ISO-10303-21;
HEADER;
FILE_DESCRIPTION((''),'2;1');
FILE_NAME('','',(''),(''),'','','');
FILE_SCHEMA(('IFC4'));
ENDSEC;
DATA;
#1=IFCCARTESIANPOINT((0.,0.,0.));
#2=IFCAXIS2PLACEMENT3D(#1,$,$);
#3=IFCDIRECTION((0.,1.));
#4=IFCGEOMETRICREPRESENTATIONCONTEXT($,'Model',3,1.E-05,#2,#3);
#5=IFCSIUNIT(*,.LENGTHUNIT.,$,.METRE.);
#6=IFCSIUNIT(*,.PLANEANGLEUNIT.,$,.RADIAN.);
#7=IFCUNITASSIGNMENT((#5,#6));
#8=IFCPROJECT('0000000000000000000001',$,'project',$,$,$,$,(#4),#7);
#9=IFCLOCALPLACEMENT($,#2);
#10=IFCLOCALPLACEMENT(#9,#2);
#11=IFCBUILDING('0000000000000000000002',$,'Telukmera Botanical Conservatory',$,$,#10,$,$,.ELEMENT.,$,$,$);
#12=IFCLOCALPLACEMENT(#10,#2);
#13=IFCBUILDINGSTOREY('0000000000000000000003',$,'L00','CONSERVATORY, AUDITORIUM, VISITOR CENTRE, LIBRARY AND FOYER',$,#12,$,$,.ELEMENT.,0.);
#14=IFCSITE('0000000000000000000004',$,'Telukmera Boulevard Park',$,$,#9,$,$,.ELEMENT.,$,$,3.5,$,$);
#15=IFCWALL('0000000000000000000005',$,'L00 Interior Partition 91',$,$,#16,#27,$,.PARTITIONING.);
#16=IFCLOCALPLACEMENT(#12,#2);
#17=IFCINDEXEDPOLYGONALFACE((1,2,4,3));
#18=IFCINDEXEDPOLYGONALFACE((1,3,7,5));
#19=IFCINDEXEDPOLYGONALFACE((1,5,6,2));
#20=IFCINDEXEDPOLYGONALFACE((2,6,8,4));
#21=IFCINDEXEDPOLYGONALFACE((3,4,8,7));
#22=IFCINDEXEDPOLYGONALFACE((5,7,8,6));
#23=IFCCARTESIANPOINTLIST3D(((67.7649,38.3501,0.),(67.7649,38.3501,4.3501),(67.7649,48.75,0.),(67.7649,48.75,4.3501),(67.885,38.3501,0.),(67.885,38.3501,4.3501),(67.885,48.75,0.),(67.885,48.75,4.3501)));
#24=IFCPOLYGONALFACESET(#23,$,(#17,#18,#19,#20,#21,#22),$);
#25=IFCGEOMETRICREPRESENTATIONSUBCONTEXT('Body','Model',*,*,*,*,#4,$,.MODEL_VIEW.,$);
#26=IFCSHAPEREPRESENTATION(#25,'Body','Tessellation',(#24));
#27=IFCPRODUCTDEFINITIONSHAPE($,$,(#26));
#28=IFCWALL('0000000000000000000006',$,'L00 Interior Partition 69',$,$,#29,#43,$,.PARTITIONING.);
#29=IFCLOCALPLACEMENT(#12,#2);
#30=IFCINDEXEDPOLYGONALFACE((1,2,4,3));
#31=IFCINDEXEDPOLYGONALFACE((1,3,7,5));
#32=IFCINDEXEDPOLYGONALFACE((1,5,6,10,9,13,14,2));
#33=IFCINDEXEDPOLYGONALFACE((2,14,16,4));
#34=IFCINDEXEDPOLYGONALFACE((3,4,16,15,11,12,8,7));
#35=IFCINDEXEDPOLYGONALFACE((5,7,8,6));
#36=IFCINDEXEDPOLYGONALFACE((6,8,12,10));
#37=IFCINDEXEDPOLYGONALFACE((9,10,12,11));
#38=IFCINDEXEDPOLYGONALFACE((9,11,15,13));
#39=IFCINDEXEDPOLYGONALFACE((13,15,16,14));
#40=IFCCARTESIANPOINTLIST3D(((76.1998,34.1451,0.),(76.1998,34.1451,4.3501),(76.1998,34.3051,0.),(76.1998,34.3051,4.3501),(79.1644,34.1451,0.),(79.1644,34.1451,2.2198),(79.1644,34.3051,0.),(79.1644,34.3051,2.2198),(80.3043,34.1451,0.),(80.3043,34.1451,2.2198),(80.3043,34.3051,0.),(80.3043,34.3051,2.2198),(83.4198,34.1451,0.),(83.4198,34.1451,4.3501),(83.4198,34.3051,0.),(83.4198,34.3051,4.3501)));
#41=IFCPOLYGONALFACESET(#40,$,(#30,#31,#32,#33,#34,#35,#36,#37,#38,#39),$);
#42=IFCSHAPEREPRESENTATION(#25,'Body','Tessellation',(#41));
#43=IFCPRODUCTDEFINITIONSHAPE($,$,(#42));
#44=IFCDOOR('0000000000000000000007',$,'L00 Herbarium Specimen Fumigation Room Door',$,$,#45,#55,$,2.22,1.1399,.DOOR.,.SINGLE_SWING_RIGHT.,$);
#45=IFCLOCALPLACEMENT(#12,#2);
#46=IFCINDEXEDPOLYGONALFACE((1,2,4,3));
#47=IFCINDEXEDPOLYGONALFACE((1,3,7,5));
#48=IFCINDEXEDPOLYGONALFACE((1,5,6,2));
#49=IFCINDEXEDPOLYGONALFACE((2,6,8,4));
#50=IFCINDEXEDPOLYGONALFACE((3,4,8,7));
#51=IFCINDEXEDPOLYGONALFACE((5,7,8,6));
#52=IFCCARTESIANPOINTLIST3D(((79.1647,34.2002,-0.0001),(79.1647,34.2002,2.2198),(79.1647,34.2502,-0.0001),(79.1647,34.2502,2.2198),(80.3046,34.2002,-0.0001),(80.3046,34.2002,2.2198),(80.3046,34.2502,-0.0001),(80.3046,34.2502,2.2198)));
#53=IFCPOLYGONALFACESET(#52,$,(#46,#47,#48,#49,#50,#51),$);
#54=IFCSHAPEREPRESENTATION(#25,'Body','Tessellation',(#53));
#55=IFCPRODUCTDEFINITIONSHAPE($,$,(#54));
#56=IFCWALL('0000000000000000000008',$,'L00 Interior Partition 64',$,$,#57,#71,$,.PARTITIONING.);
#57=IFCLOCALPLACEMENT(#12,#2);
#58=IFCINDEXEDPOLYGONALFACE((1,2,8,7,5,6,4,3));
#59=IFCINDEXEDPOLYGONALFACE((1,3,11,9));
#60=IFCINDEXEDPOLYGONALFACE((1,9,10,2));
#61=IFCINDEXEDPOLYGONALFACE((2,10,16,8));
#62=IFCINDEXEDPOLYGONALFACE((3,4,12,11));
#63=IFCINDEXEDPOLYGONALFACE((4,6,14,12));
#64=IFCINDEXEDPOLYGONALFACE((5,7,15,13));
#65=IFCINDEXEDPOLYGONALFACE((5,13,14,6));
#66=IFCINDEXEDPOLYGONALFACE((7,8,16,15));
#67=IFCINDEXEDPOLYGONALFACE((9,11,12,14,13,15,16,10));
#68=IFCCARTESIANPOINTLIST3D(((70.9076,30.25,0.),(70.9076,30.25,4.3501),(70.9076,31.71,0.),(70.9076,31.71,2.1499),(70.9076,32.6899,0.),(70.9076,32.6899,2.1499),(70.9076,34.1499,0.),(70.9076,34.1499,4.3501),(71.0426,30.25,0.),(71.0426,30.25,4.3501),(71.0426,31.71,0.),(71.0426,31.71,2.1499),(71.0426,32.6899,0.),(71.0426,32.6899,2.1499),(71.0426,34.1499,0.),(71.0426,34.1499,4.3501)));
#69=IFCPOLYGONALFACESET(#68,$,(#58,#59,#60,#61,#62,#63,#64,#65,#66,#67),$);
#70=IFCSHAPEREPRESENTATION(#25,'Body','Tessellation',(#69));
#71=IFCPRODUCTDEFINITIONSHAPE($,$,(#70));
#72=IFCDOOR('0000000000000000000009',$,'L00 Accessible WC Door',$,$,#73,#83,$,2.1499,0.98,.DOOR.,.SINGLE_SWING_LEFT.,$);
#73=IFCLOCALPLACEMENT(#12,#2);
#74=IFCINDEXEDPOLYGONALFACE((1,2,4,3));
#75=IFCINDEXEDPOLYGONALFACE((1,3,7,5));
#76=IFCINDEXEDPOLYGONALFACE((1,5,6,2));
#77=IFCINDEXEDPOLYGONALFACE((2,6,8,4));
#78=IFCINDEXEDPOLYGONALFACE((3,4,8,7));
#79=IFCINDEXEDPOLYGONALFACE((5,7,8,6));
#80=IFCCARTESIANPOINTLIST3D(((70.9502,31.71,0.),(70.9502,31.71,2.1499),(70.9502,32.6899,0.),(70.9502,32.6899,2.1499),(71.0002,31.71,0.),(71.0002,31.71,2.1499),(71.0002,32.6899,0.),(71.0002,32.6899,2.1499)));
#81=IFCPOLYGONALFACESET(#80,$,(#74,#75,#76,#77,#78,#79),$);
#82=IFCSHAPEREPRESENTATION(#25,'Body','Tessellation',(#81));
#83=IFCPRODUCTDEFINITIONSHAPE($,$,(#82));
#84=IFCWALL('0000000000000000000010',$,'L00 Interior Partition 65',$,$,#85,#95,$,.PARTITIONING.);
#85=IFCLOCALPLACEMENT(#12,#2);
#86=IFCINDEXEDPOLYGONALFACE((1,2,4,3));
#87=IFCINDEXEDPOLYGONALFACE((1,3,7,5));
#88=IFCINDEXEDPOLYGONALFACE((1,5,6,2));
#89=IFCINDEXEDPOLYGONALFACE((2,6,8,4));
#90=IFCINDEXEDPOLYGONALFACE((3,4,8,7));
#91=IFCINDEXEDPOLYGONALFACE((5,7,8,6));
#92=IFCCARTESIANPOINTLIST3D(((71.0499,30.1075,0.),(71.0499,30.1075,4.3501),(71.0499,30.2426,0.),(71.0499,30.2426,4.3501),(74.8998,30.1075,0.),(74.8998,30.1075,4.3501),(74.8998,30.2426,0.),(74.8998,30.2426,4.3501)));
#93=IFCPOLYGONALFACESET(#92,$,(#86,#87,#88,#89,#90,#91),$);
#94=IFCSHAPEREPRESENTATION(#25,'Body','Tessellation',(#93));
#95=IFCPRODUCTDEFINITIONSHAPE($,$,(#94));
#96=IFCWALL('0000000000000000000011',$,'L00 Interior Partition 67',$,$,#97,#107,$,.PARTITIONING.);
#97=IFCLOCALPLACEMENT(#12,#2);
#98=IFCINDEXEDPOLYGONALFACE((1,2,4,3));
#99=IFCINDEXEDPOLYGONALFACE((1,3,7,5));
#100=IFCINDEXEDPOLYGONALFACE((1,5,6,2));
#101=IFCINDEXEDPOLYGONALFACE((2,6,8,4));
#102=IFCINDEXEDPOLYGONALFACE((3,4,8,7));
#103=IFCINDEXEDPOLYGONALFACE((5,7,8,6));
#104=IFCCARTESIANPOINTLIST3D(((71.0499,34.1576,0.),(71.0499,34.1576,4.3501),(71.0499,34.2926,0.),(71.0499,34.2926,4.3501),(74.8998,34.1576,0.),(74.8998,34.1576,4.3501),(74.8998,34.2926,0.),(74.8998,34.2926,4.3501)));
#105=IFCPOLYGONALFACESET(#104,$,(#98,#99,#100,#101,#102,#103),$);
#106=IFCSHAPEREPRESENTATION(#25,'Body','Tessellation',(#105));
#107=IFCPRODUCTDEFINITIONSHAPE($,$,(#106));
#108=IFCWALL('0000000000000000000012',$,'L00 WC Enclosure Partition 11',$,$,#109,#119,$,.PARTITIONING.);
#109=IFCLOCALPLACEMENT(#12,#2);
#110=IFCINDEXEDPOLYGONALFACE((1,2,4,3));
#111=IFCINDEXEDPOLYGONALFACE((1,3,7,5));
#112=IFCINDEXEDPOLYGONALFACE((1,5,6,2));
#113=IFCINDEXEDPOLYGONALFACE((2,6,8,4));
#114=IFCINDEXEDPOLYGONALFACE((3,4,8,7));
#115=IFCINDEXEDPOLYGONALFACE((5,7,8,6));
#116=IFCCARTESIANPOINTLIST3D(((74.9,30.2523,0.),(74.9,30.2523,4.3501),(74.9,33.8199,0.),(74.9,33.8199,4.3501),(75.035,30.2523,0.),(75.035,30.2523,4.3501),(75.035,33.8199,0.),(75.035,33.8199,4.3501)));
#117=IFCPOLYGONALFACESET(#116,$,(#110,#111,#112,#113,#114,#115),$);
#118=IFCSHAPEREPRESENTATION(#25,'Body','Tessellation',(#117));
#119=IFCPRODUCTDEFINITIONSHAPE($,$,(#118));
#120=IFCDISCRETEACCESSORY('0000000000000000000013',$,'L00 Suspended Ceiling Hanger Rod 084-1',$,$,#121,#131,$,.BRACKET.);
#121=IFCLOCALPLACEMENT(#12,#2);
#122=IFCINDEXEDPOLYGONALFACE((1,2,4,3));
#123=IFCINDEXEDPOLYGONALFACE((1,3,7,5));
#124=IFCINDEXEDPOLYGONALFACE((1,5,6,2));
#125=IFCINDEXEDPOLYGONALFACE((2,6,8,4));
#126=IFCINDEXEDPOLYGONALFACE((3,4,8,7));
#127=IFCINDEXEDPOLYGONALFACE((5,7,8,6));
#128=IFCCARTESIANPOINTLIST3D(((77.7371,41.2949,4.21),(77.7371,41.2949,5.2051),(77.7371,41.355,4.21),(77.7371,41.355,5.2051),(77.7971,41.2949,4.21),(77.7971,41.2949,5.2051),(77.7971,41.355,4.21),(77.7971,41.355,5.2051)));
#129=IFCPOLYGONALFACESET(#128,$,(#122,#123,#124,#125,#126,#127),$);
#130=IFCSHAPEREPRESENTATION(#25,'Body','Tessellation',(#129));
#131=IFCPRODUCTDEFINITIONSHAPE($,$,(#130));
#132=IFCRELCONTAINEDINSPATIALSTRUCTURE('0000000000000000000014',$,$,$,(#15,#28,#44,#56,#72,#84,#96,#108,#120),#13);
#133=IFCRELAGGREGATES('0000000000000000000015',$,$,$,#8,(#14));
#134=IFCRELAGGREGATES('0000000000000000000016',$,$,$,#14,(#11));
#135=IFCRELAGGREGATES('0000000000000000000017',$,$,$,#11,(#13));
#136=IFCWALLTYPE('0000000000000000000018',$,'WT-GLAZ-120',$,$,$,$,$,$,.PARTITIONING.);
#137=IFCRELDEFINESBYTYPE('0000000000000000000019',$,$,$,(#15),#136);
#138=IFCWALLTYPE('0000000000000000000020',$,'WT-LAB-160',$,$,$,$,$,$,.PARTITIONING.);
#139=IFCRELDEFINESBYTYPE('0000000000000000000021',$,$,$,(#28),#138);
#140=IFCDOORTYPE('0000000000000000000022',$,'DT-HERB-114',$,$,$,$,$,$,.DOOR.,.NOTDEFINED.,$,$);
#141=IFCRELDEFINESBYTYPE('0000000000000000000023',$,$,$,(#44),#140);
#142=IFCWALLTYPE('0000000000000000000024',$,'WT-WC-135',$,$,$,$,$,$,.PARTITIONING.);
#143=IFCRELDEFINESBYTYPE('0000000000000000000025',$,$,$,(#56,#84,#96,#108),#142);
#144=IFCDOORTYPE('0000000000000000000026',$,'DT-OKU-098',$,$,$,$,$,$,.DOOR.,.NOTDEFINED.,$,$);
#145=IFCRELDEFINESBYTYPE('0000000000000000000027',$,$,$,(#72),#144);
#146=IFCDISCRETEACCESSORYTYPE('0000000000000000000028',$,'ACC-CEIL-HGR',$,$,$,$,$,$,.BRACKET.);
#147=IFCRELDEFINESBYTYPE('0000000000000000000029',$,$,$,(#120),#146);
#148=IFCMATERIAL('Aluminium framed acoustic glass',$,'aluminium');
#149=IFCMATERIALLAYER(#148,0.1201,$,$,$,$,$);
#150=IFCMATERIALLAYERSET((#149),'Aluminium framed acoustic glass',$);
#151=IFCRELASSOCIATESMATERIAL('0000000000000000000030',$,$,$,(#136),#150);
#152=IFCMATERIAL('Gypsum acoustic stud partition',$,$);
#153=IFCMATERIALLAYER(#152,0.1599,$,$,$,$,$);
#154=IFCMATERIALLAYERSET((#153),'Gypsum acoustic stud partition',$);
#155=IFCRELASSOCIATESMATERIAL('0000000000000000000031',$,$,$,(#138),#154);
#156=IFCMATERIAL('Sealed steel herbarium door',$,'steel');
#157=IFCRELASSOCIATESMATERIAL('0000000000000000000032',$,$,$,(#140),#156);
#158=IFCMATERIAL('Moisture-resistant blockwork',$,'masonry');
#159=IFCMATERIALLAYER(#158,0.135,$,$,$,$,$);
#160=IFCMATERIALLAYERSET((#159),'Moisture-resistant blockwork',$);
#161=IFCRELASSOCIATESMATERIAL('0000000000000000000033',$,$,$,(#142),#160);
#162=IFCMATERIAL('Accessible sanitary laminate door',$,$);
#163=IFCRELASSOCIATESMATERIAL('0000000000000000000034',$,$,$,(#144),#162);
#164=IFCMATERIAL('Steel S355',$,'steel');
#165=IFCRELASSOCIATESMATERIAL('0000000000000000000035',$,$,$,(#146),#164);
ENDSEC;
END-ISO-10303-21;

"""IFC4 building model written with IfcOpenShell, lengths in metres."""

from ifc_helpers import new_model, si_unit, direction, frame, frame_2d, origin, origin_2d, place, context, subcontext, project, spatial, rectangle, extrude, material, layer, layer_set, type_object, element, fill, save


model = new_model("IFC4")

# Units and contexts
model_context = context("Model", 3, precision=1e-05, world=origin(), true_north=direction((0.0, 1.0)))
body_context = subcontext(model_context, "Body", "Model", "MODEL_VIEW")
ifc_project = project(units=[si_unit("LENGTHUNIT", "METRE"), si_unit("PLANEANGLEUNIT", "RADIAN")], contexts=[model_context])

# Site, building, storey
site_placement = place(None, origin())
site = spatial("IfcSite", under=ifc_project, at=site_placement, Name="Telukmera Boulevard Park", CompositionType="ELEMENT", RefElevation=3.5)
building_placement = place(site_placement, origin())
building = spatial("IfcBuilding", under=site, at=building_placement, Name="Telukmera Botanical Conservatory", CompositionType="ELEMENT")
storey_placement = place(building_placement, origin())
storey = spatial("IfcBuildingStorey", under=building, at=storey_placement, Name="L00", Description="CONSERVATORY, AUDITORIUM, VISITOR CENTRE, LIBRARY AND FOYER", CompositionType="ELEMENT", Elevation=0.0)

# Shared definitions
ifc_material_1 = material(Name="Aluminium framed acoustic glass", Category="aluminium")
ifc_layer_1 = layer(ifc_material_1, 0.1201)
ifc_layer_set_1 = layer_set([ifc_layer_1], Name="Aluminium framed acoustic glass")
wall_type_1 = type_object("IfcWallType", Name="WT-GLAZ-120", PredefinedType="PARTITIONING", material=ifc_layer_set_1)

# Wall
wall_1_placement = place(storey_placement, frame((67.825, 38.3501, 0.0), z_axis=(0.0, 0.0, 1.0), x_axis=(0.0, 1.0, 0.0)))
element("IfcWall", 1, at=wall_1_placement, inside=storey, type_object=wall_type_1, Name="L00 Interior Partition 91", PredefinedType="PARTITIONING", context=body_context, shape_type="SweptSolid", body=[
    extrude(rectangle(XDim=10.3999, YDim=0.1201, at=frame_2d((5.2, 0.0))), origin(), (0.0, 0.0, 1.0), 4.3501),
])

# Walls, openings, doors
ifc_material_2 = material(Name="Gypsum acoustic stud partition")
ifc_layer_2 = layer(ifc_material_2, 0.1599)
ifc_layer_set_2 = layer_set([ifc_layer_2], Name="Gypsum acoustic stud partition")
wall_type_2 = type_object("IfcWallType", Name="WT-LAB-160", PredefinedType="PARTITIONING", material=ifc_layer_set_2)
wall_2_placement = place(storey_placement, frame((76.2, 34.2251, 0.0), z_axis=(0.0, 0.0, 1.0), x_axis=(1.0, 0.0, 0.0)))
wall_2 = element("IfcWall", 2, at=wall_2_placement, inside=storey, type_object=wall_type_2, Name="L00 Interior Partition 69", PredefinedType="PARTITIONING", context=body_context, shape_type="SweptSolid", body=[
    extrude(rectangle(XDim=7.22, YDim=0.1599, at=frame_2d((3.6099, 0.0))), origin(), (0.0, 0.0, 1.0), 4.3501),
])
opening_1_placement = place(wall_2_placement, frame((2.9646, 0.0, 0.0)))
opening_1 = element("IfcOpeningElement", 3, at=opening_1_placement, cuts=wall_2, PredefinedType="OPENING", context=body_context, shape_type="SweptSolid", body=[
    extrude(rectangle(XDim=1.1399, YDim=2.22, at=frame_2d((0.5698, 1.1099))), frame((0.0, 0.0898, 0.0), z_axis=(0.0, -1.0, 0.0), x_axis=(1.0, 0.0, 0.0)), (0.0, 0.0, 1.0), 0.1799),
])
ifc_material_3 = material(Name="Sealed steel herbarium door", Category="steel")
door_type_1 = type_object("IfcDoorType", Name="DT-HERB-114", OperationType="NOTDEFINED", PredefinedType="DOOR", material=ifc_material_3)
door_1_placement = place(opening_1_placement, frame((1.1399, 0.0, 0.0), z_axis=(0.0, 0.0, 1.0), x_axis=(-1.0, 0.0, 0.0)))
door_1 = element("IfcDoor", 4, at=door_1_placement, inside=storey, type_object=door_type_1, Name="L00 Herbarium Specimen Fumigation Room Door", OperationType="SINGLE_SWING_RIGHT", OverallHeight=2.22, OverallWidth=1.1399, PredefinedType="DOOR", context=body_context, shape_type="SweptSolid", body=[
    extrude(rectangle(XDim=1.1399, YDim=2.22, at=frame_2d((0.5698, 1.1099))), frame((0.0, 0.0249, 0.0), z_axis=(0.0, -1.0, 0.0), x_axis=(1.0, 0.0, 0.0)), (0.0, 0.0, 1.0), 0.05),
])
fill(opening_1, door_1)
ifc_material_4 = material(Name="Moisture-resistant blockwork", Category="masonry")
ifc_layer_3 = layer(ifc_material_4, 0.135)
ifc_layer_set_3 = layer_set([ifc_layer_3], Name="Moisture-resistant blockwork")
wall_type_3 = type_object("IfcWallType", Name="WT-WC-135", PredefinedType="PARTITIONING", material=ifc_layer_set_3)
wall_3_placement = place(storey_placement, frame((70.9751, 30.25, 0.0), z_axis=(0.0, 0.0, 1.0), x_axis=(0.0, 1.0, 0.0)))
wall_3 = element("IfcWall", 5, at=wall_3_placement, inside=storey, type_object=wall_type_3, Name="L00 Interior Partition 64", PredefinedType="PARTITIONING", context=body_context, shape_type="SweptSolid", body=[
    extrude(rectangle(XDim=3.8999, YDim=0.135, at=frame_2d((1.95, 0.0))), origin(), (0.0, 0.0, 1.0), 4.3501),
])
opening_2_placement = place(wall_3_placement, frame((1.46, 0.0, 0.0)))
opening_2 = element("IfcOpeningElement", 6, at=opening_2_placement, cuts=wall_3, PredefinedType="OPENING", context=body_context, shape_type="SweptSolid", body=[
    extrude(rectangle(XDim=0.98, YDim=2.1499, at=frame_2d((0.49, 1.075))), frame((0.0, 0.0774, 0.0), z_axis=(0.0, -1.0, 0.0), x_axis=(1.0, 0.0, 0.0)), (0.0, 0.0, 1.0), 0.155),
])
ifc_material_5 = material(Name="Accessible sanitary laminate door")
door_type_2 = type_object("IfcDoorType", Name="DT-OKU-098", OperationType="NOTDEFINED", PredefinedType="DOOR", material=ifc_material_5)
door_2_placement = place(opening_2_placement, origin())
door_2 = element("IfcDoor", 7, at=door_2_placement, inside=storey, type_object=door_type_2, Name="L00 Accessible WC Door", OperationType="SINGLE_SWING_LEFT", OverallHeight=2.1499, OverallWidth=0.98, PredefinedType="DOOR", context=body_context, shape_type="SweptSolid", body=[
    extrude(rectangle(XDim=0.98, YDim=2.1499, at=frame_2d((0.49, 1.075))), frame((0.0, 0.0249, 0.0), z_axis=(0.0, -1.0, 0.0), x_axis=(1.0, 0.0, 0.0)), (0.0, 0.0, 1.0), 0.05),
])
fill(opening_2, door_2)

# Walls
for number, where, z_axis, x_axis, name in (
    (8, (71.05, 30.175, 0.0), (0.0, 0.0, 1.0), (1.0, 0.0, 0.0), "L00 Interior Partition 65"),
    (9, (71.05, 34.2251, 0.0), (0.0, 0.0, 1.0), (1.0, 0.0, 0.0), "L00 Interior Partition 67"),
):
    element("IfcWall", number, at=place(storey_placement, frame(where, z_axis=z_axis, x_axis=x_axis)), inside=storey, type_object=wall_type_3, Name=name, PredefinedType="PARTITIONING", context=body_context, shape_type="SweptSolid", body=[
        extrude(rectangle(XDim=3.8499, YDim=0.135, at=frame_2d((1.9248, 0.0))), origin(), (0.0, 0.0, 1.0), 4.3501),
    ])
wall_4_placement = place(storey_placement, frame((74.9675, 30.2524, 0.0), z_axis=(0.0, 0.0, 1.0), x_axis=(0.0, 1.0, 0.0)))
element("IfcWall", 10, at=wall_4_placement, inside=storey, type_object=wall_type_3, Name="L00 WC Enclosure Partition 11", PredefinedType="PARTITIONING", context=body_context, shape_type="SweptSolid", body=[
    extrude(rectangle(XDim=3.5676, YDim=0.135, at=frame_2d((1.7837, 0.0))), origin(), (0.0, 0.0, 1.0), 4.3501),
])

# Discrete accessory
ifc_material_6 = material(Name="Steel S355", Category="steel")
discrete_accessory_type = type_object("IfcDiscreteAccessoryType", Name="ACC-CEIL-HGR", PredefinedType="BRACKET", material=ifc_material_6)
discrete_accessory_placement = place(storey_placement, frame((77.7671, 41.325, 4.21), z_axis=(0.0, 0.0, 1.0), x_axis=(1.0, 0.0, 0.0)))
element("IfcDiscreteAccessory", 11, at=discrete_accessory_placement, inside=storey, type_object=discrete_accessory_type, Name="L00 Suspended Ceiling Hanger Rod 084-1", PredefinedType="BRACKET", context=body_context, shape_type="SweptSolid", body=[
    extrude(rectangle(XDim=0.0601, YDim=0.0601, at=origin_2d()), origin(), (0.0, 0.0, 1.0), 0.9951),
])

save(model, "model.ifc")
